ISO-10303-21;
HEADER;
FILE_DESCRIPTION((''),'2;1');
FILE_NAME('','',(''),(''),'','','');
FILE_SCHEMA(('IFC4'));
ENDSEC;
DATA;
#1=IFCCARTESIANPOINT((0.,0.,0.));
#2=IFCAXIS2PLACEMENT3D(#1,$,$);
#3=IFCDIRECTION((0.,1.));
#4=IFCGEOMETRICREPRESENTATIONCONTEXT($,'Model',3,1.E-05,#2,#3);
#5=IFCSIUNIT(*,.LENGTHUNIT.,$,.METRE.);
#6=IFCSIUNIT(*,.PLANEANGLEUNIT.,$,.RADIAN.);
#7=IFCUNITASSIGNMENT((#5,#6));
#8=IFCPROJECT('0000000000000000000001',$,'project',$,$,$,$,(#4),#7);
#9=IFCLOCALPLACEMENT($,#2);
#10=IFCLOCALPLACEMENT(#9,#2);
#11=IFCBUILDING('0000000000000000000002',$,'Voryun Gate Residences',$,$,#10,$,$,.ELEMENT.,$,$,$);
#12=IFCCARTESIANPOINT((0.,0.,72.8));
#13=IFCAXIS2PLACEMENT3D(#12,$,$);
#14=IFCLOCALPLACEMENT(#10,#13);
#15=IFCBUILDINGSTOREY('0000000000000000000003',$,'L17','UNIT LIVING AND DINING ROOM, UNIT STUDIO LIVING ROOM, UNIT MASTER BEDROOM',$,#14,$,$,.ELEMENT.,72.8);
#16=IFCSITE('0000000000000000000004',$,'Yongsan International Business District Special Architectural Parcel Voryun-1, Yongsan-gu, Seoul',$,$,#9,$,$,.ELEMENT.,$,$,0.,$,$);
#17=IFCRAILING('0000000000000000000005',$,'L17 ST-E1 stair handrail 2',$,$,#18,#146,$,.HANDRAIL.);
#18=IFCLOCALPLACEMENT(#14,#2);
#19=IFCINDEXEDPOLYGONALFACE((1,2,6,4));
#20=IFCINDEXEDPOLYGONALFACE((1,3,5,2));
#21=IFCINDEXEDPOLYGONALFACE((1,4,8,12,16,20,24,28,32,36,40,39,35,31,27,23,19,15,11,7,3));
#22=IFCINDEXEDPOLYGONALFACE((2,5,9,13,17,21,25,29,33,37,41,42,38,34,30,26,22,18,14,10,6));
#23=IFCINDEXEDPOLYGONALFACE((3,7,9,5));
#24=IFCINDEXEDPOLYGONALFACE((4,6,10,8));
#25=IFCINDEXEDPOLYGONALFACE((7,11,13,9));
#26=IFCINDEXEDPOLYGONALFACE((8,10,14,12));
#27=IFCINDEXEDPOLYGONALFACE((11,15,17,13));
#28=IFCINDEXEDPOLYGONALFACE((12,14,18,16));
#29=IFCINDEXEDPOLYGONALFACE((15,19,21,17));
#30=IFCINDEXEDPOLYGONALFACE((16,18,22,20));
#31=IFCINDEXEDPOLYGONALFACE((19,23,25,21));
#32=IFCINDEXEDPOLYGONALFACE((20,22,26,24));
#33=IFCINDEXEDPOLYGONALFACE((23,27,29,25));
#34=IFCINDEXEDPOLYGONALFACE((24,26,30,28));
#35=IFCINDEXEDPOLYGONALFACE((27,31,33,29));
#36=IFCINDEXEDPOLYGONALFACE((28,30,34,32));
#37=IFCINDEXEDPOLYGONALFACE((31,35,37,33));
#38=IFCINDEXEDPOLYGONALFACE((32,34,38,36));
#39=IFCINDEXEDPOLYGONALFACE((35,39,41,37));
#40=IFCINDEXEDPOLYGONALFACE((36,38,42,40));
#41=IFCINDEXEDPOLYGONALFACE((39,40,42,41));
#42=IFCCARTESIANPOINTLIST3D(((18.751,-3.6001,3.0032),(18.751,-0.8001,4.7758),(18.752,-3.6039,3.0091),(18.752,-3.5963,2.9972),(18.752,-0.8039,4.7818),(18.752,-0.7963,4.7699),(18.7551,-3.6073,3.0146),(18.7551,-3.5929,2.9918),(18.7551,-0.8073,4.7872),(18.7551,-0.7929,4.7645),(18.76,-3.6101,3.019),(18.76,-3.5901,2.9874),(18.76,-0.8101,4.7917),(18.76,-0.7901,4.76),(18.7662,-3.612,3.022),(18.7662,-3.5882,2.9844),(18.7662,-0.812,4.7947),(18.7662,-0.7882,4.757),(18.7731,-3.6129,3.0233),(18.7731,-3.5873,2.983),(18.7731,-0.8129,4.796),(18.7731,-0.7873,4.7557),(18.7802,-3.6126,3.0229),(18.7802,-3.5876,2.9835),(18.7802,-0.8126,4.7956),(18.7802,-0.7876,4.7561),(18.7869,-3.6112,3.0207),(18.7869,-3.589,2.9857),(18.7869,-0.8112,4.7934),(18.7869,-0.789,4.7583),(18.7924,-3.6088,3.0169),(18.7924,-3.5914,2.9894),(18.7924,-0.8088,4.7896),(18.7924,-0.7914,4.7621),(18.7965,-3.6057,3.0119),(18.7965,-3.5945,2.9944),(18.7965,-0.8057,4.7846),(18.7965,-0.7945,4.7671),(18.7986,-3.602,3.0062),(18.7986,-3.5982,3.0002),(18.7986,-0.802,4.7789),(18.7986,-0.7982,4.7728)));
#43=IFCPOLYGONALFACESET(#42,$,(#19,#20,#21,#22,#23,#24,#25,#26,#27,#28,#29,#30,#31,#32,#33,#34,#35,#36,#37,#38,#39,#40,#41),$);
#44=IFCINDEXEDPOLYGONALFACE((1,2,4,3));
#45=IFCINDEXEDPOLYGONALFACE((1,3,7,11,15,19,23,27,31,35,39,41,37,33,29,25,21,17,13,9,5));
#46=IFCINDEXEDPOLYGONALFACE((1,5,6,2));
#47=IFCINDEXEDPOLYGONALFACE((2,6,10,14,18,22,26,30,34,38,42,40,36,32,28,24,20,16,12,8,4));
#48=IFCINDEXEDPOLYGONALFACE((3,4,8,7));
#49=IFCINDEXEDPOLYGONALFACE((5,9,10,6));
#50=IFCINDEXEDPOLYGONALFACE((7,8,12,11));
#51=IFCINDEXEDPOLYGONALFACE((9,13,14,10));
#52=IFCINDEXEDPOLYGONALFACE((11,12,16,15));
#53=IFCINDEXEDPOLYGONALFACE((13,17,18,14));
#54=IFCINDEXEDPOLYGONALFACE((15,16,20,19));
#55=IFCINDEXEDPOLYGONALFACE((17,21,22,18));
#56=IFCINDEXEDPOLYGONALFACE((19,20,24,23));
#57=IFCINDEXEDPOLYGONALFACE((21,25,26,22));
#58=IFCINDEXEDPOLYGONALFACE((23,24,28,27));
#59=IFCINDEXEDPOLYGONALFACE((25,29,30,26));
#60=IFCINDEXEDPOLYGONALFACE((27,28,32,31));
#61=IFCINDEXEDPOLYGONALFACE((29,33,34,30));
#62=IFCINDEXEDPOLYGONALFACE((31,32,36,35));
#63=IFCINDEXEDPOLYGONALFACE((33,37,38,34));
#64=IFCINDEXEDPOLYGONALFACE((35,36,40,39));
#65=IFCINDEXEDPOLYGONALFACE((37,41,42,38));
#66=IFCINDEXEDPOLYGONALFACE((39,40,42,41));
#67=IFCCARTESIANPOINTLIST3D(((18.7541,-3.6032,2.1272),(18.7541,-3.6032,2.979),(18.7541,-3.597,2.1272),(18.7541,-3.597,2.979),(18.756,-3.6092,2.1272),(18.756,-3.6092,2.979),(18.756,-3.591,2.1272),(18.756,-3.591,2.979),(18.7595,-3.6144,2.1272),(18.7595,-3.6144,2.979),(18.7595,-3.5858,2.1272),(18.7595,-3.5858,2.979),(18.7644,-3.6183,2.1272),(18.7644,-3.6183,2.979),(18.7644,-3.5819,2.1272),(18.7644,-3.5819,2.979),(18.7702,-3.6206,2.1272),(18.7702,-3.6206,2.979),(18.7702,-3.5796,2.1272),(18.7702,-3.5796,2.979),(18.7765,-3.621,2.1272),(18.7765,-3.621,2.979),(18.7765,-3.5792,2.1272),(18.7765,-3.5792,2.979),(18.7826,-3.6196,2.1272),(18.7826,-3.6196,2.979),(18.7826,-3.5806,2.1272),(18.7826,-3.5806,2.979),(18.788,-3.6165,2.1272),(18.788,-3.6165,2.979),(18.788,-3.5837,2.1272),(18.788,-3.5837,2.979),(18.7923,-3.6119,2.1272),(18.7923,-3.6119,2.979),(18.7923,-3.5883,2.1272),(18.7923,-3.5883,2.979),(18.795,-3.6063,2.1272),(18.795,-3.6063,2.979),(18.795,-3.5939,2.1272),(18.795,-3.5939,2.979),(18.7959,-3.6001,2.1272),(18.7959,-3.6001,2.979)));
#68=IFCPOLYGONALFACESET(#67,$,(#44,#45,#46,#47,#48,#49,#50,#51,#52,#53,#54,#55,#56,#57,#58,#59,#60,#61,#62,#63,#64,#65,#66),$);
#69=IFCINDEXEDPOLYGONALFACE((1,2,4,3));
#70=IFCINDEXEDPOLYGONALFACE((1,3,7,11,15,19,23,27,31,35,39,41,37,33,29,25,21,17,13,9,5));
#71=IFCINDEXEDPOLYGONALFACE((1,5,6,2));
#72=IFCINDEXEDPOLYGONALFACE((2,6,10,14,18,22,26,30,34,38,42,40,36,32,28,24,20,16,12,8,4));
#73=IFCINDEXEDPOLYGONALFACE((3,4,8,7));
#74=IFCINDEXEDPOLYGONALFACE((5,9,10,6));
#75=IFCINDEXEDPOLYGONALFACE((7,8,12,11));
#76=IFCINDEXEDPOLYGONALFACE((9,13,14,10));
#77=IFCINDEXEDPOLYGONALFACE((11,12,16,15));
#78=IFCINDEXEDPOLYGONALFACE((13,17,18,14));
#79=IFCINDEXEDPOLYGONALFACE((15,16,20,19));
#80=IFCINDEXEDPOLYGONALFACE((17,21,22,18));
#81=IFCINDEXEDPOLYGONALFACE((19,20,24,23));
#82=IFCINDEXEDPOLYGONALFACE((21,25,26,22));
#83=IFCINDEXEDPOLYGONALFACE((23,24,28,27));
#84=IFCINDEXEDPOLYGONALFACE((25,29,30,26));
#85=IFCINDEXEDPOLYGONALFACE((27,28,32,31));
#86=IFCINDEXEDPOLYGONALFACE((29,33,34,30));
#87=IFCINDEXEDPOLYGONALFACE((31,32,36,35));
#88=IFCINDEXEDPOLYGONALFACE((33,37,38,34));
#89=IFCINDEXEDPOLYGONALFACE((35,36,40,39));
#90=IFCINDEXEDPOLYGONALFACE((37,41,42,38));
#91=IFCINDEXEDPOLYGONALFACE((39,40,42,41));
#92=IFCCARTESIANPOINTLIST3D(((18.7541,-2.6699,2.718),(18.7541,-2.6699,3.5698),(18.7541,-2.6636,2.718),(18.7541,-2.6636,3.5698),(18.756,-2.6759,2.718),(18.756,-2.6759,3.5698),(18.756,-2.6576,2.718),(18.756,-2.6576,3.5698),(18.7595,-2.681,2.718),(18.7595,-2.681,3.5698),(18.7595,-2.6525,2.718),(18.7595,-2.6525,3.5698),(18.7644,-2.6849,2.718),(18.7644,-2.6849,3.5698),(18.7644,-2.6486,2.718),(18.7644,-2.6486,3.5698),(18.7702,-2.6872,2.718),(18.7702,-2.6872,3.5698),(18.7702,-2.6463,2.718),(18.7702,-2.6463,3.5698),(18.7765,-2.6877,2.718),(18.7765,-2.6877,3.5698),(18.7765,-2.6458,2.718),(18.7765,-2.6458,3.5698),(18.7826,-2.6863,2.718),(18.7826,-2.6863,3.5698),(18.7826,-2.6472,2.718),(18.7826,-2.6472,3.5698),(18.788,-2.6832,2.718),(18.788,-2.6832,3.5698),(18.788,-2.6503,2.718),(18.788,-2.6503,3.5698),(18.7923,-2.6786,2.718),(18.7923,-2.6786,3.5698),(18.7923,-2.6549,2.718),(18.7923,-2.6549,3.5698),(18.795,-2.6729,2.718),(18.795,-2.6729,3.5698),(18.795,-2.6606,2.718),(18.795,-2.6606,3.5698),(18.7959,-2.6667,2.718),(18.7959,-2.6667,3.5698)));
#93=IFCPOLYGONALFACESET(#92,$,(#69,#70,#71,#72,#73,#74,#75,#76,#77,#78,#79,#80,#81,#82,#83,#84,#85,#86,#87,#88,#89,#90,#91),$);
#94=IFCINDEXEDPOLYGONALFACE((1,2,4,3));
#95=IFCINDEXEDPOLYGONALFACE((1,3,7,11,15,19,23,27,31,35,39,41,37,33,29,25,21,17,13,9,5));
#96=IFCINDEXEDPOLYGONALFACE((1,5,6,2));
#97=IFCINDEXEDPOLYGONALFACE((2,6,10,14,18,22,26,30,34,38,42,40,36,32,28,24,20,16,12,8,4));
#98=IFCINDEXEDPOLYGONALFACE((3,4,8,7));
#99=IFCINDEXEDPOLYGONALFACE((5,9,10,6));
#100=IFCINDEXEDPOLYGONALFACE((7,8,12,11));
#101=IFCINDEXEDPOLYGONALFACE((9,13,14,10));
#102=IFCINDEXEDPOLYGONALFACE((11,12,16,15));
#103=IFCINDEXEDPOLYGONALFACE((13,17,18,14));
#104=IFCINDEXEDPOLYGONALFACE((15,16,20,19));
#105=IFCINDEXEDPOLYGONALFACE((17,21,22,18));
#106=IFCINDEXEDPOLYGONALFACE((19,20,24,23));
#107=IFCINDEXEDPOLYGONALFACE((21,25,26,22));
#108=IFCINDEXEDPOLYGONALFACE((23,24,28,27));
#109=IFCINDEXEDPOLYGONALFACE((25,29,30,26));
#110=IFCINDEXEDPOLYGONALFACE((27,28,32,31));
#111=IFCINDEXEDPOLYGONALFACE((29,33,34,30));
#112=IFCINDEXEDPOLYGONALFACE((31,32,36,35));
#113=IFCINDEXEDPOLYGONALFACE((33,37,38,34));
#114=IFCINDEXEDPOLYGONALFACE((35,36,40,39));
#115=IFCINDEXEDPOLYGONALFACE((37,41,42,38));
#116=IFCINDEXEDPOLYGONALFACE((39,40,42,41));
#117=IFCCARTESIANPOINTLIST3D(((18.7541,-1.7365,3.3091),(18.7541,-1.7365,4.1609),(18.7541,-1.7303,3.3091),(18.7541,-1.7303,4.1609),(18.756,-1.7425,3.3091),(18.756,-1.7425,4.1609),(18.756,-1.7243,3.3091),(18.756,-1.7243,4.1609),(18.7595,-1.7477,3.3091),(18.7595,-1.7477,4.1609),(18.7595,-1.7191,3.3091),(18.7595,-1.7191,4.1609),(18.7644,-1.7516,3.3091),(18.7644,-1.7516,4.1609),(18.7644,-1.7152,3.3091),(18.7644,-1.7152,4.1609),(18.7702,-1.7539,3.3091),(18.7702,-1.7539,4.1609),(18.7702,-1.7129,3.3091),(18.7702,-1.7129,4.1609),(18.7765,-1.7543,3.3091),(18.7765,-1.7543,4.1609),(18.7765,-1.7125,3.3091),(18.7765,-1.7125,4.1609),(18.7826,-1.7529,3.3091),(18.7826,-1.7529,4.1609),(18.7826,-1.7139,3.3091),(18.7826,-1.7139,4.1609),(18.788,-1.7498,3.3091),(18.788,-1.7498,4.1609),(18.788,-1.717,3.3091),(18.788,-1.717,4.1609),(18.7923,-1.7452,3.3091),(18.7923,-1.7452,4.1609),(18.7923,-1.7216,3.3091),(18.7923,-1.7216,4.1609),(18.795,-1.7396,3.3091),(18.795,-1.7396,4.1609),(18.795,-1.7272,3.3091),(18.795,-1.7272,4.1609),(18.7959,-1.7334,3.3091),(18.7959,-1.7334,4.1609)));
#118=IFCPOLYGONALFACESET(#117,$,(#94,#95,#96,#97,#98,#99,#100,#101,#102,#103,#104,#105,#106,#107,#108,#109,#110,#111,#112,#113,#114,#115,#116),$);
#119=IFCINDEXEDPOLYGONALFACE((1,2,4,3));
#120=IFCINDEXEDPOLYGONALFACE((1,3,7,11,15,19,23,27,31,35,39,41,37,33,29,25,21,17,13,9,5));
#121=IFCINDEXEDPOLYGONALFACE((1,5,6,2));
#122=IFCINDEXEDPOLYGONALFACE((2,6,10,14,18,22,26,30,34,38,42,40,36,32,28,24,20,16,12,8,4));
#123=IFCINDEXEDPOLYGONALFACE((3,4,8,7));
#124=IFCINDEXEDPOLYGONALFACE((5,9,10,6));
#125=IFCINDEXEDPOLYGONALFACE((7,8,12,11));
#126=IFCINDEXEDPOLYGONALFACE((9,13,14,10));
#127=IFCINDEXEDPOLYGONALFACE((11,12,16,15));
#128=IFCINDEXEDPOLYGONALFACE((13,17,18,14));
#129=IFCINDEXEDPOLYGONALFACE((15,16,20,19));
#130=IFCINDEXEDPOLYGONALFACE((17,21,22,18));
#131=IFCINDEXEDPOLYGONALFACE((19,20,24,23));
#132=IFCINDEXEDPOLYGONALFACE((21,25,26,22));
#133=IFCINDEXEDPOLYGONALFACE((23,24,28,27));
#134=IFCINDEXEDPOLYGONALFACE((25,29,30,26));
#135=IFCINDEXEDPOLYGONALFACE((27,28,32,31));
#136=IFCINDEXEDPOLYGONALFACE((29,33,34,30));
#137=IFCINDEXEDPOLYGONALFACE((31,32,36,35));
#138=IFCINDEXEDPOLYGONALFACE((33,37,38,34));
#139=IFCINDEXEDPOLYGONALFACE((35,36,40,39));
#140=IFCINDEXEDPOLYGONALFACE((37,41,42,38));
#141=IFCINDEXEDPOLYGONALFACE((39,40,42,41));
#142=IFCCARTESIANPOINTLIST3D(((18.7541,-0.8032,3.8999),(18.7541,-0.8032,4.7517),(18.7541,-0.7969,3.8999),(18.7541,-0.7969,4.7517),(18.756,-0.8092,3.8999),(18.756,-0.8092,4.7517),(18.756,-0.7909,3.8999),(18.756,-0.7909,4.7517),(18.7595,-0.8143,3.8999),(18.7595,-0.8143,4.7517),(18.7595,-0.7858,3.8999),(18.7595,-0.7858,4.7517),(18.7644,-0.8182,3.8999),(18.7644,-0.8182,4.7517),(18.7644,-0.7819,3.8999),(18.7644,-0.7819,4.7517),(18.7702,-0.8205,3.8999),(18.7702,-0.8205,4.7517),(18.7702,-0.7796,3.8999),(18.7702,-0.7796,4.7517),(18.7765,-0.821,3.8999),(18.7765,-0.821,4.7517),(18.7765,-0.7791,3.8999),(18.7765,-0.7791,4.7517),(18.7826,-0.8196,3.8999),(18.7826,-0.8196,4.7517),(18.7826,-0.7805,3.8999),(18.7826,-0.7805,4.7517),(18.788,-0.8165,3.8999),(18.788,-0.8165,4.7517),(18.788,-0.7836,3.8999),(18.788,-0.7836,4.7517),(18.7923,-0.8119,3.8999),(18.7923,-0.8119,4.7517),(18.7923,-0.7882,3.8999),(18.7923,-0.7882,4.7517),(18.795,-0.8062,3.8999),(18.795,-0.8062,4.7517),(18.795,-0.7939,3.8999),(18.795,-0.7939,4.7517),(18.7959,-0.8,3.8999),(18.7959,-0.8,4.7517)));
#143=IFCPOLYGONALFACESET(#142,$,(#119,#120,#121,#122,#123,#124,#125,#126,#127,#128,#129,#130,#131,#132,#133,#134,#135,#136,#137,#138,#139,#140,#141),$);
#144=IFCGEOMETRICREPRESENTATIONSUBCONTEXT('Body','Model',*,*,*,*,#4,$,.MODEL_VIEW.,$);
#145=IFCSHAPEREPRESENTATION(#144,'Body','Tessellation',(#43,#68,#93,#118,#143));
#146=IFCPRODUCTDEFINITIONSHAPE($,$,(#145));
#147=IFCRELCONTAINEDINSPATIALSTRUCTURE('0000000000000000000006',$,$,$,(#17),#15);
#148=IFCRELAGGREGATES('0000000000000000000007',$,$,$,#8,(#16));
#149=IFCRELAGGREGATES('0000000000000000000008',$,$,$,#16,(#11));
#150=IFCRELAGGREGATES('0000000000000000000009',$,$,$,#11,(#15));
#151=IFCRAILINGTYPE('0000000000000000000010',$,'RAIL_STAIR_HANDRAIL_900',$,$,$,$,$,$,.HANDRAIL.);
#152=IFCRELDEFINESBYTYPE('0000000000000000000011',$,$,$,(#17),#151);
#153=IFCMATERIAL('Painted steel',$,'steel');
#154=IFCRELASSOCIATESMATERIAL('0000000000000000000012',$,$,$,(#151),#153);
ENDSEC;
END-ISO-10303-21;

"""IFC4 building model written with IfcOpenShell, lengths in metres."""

from ifc_helpers import new_model, si_unit, direction, frame, origin, origin_2d, place, context, subcontext, project, spatial, circle, extrude, material, type_object, element, save


model = new_model("IFC4")

# Units and contexts
model_context = context("Model", 3, precision=1e-05, world=origin(), true_north=direction((0.0, 1.0)))
body_context = subcontext(model_context, "Body", "Model", "MODEL_VIEW")
ifc_project = project(units=[si_unit("LENGTHUNIT", "METRE"), si_unit("PLANEANGLEUNIT", "RADIAN")], contexts=[model_context])

# Site, building, storey
site_placement = place(None, origin())
site = spatial("IfcSite", under=ifc_project, at=site_placement, Name="Yongsan International Business District Special Architectural Parcel Voryun-1, Yongsan-gu, Seoul", CompositionType="ELEMENT", RefElevation=0.0)
building_placement = place(site_placement, origin())
building = spatial("IfcBuilding", under=site, at=building_placement, Name="Voryun Gate Residences", CompositionType="ELEMENT")
storey_placement = place(building_placement, frame((0.0, 0.0, 72.8)))
storey = spatial("IfcBuildingStorey", under=building, at=storey_placement, Name="L17", Description="UNIT LIVING AND DINING ROOM, UNIT STUDIO LIVING ROOM, UNIT MASTER BEDROOM", CompositionType="ELEMENT", Elevation=72.8)

# Railing
ifc_material_1 = material(Name="Painted steel", Category="steel")
railing_type_1 = type_object("IfcRailingType", Name="RAIL_STAIR_HANDRAIL_900", PredefinedType="HANDRAIL", material=ifc_material_1)
railing_1_placement = place(storey_placement, frame((18.7749, -3.6001, 2.1272)))
element("IfcRailing", 1, at=railing_1_placement, inside=storey, type_object=railing_type_1, Name="L17 ST-E1 stair handrail 2", PredefinedType="HANDRAIL", context=body_context, shape_type="SweptSolid", body=[
    extrude(circle(Radius=0.0239, at=origin_2d()), frame((0.0, 0.0, 0.876), z_axis=(0.0, 0.844909, 0.53491), x_axis=(-1.0, 0.0, 0.0)), (0.0, 0.0, 1.0), 3.314),
    extrude(circle(Radius=0.021, at=origin_2d()), origin(), (0.0, 0.0, 1.0), 0.8518),
    extrude(circle(Radius=0.021, at=origin_2d()), frame((0.0, 0.9333, 0.5908)), (0.0, 0.0, 1.0), 0.8518),
    extrude(circle(Radius=0.021, at=origin_2d()), frame((0.0, 1.8667, 1.1819)), (0.0, 0.0, 1.0), 0.8518),
    extrude(circle(Radius=0.021, at=origin_2d()), frame((0.0, 2.8, 1.7727)), (0.0, 0.0, 1.0), 0.8518),
])

save(model, "model.ifc")
